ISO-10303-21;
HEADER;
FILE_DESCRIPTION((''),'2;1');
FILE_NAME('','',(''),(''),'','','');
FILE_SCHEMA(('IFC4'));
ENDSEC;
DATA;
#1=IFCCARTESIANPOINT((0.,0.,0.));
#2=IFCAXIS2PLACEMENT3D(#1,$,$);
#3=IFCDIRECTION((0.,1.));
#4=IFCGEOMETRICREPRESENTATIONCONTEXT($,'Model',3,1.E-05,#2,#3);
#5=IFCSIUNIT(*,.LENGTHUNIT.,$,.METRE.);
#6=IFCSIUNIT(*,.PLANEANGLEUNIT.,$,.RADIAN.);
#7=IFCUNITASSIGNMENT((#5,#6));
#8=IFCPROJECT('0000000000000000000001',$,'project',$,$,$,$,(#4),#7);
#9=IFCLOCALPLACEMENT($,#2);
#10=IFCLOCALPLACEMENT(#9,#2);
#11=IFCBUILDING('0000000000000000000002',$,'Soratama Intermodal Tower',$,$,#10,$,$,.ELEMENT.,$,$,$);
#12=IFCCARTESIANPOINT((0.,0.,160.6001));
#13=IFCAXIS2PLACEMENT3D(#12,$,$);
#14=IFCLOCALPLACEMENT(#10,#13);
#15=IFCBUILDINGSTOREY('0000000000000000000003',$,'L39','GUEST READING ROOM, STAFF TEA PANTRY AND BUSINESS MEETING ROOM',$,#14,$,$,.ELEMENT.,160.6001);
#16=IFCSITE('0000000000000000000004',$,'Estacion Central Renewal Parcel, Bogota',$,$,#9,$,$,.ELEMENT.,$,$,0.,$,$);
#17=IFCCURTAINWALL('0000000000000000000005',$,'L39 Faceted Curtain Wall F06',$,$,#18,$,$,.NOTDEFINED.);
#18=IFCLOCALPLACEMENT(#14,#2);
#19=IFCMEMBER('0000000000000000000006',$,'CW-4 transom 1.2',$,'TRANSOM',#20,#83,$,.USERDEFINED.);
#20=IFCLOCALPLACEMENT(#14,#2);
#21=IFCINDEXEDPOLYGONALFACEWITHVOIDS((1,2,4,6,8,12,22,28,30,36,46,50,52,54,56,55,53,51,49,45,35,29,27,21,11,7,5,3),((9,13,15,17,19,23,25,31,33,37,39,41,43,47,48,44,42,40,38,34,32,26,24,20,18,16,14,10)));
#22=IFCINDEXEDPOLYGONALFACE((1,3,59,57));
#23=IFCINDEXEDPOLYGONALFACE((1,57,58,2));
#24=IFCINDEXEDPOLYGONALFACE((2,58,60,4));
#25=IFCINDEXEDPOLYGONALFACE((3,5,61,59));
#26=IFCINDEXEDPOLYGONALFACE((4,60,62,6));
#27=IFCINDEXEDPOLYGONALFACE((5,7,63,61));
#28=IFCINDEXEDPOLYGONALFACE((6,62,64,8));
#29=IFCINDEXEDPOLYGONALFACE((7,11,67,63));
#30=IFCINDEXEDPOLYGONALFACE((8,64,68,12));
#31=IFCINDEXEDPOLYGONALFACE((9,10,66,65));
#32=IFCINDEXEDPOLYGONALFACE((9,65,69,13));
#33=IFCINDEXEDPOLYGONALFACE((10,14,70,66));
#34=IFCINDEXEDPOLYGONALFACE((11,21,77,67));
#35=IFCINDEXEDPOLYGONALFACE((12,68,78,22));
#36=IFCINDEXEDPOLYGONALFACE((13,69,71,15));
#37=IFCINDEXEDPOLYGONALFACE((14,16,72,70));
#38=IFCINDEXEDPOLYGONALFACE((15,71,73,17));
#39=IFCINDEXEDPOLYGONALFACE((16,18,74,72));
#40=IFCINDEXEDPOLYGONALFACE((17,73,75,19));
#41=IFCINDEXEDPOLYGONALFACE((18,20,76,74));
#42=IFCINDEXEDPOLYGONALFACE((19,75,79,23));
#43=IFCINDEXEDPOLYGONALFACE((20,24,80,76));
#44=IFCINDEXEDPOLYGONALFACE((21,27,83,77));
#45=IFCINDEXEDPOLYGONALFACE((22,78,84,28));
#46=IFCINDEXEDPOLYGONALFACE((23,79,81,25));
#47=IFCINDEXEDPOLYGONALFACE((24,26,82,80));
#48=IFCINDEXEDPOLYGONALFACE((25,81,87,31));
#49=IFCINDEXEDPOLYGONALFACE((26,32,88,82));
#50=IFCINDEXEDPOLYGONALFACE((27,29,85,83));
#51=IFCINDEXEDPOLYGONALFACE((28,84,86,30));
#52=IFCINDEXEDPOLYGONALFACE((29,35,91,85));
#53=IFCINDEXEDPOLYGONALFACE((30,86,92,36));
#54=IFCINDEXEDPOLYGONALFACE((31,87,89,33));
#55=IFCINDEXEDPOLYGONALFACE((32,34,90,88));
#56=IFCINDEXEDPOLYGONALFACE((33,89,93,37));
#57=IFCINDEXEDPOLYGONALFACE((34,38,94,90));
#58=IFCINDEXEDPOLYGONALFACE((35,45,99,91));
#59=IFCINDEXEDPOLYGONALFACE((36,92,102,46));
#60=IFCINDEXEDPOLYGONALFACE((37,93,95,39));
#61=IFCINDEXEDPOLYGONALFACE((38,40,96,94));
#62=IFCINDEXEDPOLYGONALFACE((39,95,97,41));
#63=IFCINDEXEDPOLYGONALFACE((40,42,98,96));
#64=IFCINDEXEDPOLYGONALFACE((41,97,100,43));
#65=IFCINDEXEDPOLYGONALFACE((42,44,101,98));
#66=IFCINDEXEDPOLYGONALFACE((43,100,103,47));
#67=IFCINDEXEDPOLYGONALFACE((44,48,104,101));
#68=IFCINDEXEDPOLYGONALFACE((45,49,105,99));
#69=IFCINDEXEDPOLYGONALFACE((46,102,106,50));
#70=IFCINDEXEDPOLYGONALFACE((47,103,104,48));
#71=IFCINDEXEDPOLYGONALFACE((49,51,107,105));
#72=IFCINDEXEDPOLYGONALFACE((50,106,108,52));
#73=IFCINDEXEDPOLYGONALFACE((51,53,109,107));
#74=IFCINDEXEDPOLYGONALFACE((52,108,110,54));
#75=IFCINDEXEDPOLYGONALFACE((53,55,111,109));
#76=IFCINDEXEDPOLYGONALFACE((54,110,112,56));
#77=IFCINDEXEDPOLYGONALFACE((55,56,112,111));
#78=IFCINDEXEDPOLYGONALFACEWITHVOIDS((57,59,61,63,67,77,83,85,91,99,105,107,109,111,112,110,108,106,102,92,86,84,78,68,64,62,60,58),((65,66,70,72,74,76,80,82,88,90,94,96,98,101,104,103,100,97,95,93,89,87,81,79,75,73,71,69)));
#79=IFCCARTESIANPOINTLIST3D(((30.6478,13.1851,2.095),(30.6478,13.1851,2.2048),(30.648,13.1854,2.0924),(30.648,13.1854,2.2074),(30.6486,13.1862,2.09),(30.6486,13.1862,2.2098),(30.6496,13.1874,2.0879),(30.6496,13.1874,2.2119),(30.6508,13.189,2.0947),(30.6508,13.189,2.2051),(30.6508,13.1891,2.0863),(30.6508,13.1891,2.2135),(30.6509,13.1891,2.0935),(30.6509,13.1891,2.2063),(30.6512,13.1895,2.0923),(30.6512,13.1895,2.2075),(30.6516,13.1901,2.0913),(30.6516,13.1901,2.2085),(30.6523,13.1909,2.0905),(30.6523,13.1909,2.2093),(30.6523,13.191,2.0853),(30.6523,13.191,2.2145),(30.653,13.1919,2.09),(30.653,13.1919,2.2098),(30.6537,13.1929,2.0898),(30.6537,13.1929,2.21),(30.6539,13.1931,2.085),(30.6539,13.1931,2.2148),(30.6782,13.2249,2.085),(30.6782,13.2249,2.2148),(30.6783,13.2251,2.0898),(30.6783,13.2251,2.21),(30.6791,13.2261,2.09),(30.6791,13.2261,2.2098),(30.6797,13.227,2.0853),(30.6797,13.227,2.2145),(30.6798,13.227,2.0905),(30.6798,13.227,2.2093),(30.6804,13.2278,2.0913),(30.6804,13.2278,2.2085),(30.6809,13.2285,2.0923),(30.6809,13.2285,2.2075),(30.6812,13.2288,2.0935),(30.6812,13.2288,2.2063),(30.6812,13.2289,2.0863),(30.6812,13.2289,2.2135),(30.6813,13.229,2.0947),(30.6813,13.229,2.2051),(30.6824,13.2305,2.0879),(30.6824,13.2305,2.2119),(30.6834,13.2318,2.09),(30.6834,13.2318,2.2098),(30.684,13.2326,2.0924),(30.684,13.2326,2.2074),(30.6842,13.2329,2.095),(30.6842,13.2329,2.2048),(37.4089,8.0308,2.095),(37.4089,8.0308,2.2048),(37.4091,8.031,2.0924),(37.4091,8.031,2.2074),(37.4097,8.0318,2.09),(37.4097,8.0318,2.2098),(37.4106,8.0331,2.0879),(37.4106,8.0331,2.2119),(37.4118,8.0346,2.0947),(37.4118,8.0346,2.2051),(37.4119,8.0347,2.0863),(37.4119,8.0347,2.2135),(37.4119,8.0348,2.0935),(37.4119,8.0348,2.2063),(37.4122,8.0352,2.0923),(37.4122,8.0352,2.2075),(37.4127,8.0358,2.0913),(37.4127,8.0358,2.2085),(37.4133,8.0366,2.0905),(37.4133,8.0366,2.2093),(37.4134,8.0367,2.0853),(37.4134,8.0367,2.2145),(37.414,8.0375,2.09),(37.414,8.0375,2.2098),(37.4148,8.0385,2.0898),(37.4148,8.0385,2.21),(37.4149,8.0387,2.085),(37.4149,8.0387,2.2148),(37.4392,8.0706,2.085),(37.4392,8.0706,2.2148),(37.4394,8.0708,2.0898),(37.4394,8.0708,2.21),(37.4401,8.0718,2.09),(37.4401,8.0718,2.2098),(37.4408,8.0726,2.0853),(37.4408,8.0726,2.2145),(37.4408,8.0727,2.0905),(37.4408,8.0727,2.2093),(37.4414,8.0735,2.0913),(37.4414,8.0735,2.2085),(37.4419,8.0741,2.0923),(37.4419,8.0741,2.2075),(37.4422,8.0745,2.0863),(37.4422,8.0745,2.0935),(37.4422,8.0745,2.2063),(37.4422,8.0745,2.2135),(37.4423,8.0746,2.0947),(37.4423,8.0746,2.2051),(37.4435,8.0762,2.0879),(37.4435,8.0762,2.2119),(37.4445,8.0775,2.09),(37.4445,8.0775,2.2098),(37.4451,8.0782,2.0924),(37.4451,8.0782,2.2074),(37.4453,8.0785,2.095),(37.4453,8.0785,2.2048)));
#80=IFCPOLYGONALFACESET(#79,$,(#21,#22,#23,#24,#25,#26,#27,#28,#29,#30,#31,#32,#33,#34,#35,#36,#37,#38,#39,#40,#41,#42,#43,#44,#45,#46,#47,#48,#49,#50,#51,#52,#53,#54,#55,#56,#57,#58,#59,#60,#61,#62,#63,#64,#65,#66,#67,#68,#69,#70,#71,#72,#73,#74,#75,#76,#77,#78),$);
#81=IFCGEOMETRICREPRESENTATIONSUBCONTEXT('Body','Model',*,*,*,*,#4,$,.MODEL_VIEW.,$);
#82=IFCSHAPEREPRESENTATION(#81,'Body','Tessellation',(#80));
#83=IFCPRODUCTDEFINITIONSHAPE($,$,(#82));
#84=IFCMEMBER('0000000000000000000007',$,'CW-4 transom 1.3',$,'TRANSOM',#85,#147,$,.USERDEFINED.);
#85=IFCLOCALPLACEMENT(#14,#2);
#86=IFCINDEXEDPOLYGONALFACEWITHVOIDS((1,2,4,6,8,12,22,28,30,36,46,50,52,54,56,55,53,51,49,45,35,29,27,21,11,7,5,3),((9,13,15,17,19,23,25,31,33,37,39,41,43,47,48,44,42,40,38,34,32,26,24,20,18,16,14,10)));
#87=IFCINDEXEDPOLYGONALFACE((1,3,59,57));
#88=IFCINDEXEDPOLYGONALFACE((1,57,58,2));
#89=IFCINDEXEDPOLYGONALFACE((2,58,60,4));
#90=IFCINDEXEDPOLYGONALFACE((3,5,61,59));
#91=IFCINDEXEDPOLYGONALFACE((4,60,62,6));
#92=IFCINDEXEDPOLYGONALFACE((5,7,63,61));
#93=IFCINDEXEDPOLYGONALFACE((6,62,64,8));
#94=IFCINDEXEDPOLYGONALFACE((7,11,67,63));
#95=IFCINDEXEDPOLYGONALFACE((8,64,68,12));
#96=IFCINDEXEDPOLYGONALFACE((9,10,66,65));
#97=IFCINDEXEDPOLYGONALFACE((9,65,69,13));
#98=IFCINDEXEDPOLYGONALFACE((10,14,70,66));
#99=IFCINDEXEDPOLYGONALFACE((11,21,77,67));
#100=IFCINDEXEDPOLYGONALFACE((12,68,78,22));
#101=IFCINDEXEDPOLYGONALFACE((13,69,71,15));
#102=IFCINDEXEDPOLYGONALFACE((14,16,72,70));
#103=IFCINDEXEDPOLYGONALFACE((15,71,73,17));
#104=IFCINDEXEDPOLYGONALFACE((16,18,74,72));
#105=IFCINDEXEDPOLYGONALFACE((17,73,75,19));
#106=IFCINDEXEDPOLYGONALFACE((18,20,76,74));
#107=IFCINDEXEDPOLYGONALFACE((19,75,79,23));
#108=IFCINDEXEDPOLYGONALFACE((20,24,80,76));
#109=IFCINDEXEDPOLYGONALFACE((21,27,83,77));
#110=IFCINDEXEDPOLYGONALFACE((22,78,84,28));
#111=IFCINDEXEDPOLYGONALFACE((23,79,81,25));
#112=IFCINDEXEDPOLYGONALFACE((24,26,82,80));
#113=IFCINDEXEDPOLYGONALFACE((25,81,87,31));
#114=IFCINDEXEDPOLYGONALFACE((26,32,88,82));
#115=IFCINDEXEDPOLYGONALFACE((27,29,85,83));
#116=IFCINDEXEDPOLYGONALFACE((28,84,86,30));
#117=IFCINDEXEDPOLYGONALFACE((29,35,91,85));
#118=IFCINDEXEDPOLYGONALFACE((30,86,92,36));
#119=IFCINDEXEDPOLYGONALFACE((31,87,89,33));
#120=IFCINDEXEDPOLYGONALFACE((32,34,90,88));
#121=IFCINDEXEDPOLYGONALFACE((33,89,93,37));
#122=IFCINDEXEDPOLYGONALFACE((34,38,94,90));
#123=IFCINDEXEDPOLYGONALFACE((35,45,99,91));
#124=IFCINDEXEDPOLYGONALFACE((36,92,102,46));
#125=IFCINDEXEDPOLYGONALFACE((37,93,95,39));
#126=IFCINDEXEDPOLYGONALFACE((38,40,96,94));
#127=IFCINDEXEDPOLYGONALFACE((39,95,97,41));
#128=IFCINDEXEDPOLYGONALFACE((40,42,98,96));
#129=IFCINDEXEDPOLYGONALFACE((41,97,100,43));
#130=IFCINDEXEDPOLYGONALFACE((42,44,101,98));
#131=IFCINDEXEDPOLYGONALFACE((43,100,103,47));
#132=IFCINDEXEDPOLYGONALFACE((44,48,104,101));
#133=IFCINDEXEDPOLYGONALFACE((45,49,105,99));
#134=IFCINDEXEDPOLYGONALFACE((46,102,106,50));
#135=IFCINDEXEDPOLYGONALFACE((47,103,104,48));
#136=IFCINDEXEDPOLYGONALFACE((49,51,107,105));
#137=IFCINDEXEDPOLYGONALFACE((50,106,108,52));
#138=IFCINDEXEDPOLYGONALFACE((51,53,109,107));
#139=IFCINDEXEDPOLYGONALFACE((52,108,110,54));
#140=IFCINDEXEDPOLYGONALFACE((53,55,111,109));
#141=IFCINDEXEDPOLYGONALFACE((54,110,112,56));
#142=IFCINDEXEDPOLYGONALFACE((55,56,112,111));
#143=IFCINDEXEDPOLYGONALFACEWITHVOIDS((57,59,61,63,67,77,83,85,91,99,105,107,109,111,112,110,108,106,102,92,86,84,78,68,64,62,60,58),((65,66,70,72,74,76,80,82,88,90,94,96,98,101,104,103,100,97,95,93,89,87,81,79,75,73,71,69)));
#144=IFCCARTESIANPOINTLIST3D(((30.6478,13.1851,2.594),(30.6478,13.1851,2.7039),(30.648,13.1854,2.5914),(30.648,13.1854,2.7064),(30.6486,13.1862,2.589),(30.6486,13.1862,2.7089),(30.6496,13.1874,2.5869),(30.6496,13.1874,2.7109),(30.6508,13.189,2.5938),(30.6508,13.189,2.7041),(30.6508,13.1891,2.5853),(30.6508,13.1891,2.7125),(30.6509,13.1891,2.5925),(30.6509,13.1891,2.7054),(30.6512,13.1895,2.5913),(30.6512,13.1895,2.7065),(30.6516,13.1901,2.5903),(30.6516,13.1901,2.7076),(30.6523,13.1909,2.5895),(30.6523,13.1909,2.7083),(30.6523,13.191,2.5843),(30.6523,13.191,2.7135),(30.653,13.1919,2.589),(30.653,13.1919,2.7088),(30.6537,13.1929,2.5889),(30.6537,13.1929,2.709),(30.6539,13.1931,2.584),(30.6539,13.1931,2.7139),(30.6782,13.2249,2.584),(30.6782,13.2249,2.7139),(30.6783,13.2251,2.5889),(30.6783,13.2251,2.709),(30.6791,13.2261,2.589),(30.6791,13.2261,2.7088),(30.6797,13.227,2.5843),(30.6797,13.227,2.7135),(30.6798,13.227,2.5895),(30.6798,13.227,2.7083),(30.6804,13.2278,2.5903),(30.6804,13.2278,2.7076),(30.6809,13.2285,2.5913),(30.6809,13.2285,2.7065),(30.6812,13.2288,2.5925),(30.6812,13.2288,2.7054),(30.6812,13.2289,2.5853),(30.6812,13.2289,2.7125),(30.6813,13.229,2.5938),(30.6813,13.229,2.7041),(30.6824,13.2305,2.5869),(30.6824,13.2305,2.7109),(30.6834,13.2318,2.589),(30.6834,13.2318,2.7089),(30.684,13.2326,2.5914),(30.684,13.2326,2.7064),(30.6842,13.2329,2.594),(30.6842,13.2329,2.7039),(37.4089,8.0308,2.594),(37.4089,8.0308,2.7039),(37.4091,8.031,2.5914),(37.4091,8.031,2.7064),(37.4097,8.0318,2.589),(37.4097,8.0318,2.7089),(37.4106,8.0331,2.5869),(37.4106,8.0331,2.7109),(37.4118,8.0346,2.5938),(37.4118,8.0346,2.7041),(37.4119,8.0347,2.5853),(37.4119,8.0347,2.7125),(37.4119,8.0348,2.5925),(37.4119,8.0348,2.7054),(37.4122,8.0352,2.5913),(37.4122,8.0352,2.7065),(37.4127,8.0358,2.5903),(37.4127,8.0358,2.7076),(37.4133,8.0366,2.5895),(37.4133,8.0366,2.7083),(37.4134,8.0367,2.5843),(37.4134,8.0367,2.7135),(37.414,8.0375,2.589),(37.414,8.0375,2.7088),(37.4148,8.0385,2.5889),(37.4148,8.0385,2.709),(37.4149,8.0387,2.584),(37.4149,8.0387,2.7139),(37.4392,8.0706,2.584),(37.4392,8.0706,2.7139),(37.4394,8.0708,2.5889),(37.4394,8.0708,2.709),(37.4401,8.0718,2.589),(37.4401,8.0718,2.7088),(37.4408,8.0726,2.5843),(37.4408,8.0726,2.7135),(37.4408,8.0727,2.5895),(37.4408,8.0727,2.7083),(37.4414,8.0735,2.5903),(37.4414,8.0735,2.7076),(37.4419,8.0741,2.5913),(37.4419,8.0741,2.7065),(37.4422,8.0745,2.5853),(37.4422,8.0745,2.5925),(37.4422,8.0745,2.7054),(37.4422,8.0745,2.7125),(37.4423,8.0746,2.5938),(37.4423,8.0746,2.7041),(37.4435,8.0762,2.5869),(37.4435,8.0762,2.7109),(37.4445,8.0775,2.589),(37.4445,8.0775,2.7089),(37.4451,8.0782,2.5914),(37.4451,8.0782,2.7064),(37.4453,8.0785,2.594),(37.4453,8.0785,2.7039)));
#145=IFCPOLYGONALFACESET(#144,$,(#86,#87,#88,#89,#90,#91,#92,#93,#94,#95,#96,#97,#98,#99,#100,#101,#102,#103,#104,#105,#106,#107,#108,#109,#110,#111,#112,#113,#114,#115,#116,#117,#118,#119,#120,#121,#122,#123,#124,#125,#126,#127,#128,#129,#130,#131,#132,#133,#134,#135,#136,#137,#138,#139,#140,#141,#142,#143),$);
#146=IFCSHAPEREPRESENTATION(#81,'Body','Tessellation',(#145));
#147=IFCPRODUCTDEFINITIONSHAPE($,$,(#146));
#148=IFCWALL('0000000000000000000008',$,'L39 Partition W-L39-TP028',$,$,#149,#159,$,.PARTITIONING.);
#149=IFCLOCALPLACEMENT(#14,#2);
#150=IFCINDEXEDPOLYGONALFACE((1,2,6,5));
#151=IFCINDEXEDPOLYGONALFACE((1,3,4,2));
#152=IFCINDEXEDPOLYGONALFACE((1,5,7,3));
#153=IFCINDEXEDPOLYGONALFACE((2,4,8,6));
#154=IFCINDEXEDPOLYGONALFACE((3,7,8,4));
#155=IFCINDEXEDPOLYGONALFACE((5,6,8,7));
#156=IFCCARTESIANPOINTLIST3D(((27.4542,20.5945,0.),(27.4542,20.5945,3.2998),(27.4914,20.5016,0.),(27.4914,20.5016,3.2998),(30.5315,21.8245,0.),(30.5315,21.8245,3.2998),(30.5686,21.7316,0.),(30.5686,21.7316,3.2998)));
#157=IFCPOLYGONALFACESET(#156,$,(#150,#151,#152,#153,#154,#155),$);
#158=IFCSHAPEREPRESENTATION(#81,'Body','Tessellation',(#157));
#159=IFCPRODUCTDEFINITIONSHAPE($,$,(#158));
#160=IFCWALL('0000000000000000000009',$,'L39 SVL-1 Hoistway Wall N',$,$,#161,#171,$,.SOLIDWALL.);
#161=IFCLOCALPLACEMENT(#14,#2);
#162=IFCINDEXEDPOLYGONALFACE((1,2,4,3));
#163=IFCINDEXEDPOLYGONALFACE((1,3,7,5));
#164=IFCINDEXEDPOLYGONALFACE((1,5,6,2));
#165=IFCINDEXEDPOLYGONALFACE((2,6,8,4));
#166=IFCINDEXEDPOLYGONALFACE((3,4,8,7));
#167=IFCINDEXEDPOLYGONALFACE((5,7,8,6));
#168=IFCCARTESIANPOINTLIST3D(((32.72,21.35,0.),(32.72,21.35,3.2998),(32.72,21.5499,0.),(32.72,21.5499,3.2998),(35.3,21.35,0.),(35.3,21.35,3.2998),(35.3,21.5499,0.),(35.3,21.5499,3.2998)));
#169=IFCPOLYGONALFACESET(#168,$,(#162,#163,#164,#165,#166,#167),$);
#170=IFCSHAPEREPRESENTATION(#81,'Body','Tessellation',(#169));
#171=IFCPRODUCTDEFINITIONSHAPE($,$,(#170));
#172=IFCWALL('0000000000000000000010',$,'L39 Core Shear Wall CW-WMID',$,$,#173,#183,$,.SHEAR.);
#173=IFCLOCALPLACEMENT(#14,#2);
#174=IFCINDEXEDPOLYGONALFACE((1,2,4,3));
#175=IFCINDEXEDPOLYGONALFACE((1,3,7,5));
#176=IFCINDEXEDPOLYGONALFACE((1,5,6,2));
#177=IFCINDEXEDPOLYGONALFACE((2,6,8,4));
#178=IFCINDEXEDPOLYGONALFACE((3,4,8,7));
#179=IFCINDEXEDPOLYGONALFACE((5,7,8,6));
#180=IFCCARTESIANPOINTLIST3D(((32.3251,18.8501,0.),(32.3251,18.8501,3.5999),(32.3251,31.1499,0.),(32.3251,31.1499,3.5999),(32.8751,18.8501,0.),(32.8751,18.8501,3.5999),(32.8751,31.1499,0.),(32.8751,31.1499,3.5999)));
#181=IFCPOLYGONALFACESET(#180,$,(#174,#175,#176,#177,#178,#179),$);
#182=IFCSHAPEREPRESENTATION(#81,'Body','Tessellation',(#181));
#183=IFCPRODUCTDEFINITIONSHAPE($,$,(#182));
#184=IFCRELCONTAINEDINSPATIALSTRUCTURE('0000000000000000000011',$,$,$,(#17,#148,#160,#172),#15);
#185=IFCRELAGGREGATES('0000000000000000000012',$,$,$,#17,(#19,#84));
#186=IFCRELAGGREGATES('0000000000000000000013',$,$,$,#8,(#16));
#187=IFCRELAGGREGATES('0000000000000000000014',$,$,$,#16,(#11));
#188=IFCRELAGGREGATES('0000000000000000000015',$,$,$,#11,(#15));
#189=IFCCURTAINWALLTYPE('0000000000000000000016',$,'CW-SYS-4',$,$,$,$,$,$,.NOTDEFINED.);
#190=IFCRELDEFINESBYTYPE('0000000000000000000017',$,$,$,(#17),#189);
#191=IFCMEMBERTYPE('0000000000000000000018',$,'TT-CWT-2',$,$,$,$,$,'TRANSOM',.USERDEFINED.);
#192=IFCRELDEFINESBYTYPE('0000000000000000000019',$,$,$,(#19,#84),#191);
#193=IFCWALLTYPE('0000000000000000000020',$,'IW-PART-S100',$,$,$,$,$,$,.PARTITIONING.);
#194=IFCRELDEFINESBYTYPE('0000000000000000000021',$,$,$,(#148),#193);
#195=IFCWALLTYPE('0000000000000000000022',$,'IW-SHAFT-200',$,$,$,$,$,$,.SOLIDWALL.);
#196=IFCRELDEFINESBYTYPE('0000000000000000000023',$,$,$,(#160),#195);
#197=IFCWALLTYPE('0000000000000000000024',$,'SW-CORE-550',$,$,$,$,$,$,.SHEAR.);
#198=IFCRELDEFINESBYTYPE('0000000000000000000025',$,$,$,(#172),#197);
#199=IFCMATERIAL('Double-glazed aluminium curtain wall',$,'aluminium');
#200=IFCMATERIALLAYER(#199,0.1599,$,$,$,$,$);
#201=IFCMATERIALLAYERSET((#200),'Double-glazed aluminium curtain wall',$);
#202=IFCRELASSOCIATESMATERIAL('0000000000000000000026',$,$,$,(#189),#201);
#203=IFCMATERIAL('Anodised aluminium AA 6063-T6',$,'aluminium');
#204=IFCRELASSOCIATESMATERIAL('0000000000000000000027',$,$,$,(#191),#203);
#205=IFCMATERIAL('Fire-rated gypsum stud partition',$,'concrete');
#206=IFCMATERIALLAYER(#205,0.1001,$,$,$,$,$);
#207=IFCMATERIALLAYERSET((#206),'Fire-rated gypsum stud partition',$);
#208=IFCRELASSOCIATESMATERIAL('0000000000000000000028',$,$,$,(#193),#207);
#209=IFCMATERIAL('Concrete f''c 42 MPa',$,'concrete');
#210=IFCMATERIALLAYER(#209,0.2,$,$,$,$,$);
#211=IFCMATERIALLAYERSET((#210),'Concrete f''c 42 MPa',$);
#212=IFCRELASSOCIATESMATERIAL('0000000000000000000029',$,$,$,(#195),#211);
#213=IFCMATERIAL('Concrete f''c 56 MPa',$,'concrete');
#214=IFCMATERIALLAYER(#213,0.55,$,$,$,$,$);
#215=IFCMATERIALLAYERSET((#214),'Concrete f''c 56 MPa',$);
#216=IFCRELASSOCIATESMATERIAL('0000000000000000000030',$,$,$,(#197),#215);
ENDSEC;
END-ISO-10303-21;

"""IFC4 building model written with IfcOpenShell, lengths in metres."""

from ifc_helpers import new_model, si_unit, direction, frame, frame_2d, origin, origin_2d, place, context, subcontext, project, spatial, rectangle, hollow_rectangle, extrude, material, layer, layer_set, material_profile, profile_set, type_object, element, aggregate, save


model = new_model("IFC4")

# Units and contexts
model_context = context("Model", 3, precision=1e-05, world=origin(), true_north=direction((0.0, 1.0)))
body_context = subcontext(model_context, "Body", "Model", "MODEL_VIEW")
ifc_project = project(units=[si_unit("LENGTHUNIT", "METRE"), si_unit("PLANEANGLEUNIT", "RADIAN")], contexts=[model_context])

# Site, building, storey
site_placement = place(None, origin())
site = spatial("IfcSite", under=ifc_project, at=site_placement, Name="Estacion Central Renewal Parcel, Bogota", CompositionType="ELEMENT", RefElevation=0.0)
building_placement = place(site_placement, origin())
building = spatial("IfcBuilding", under=site, at=building_placement, Name="Soratama Intermodal Tower", CompositionType="ELEMENT")
storey_placement = place(building_placement, frame((0.0, 0.0, 160.6001)))
storey = spatial("IfcBuildingStorey", under=building, at=storey_placement, Name="L39", Description="GUEST READING ROOM, STAFF TEA PANTRY AND BUSINESS MEETING ROOM", CompositionType="ELEMENT", Elevation=160.6001)

# Curtain wall, members
ifc_material_1 = material(Name="Double-glazed aluminium curtain wall", Category="aluminium")
ifc_layer_1 = layer(ifc_material_1, 0.1599)
ifc_layer_set_1 = layer_set([ifc_layer_1], Name="Double-glazed aluminium curtain wall")
curtain_wall_type = type_object("IfcCurtainWallType", Name="CW-SYS-4", PredefinedType="NOTDEFINED", material=ifc_layer_set_1)
curtain_wall_placement = place(storey_placement, origin())
curtain_wall = element("IfcCurtainWall", 1, at=curtain_wall_placement, inside=storey, type_object=curtain_wall_type, Name="L39 Faceted Curtain Wall F06", PredefinedType="NOTDEFINED")
ifc_material_2 = material(Name="Anodised aluminium AA 6063-T6", Category="aluminium")
ifc_material_profile_1 = material_profile(ifc_material_2, hollow_rectangle(XDim=0.0601, YDim=0.1299, WallThickness=0.0049, InnerFilletRadius=0.0049, OuterFilletRadius=0.01, at=origin_2d()), Name="CWT130X60X5")
ifc_profile_set_1 = profile_set([ifc_material_profile_1], Name="Anodised aluminium AA 6063-T6")
member_type_1 = type_object("IfcMemberType", Name="TT-CWT-2", ElementType="TRANSOM", PredefinedType="USERDEFINED", material=ifc_profile_set_1)
member_1_placement = place(storey_placement, frame((30.666, 13.209, 2.1499), z_axis=(0.795258, -0.606272, 0.0), x_axis=(0.606272, 0.795258, 0.0)))
member_1 = element("IfcMember", 2, at=member_1_placement, type_object=member_type_1, Name="CW-4 transom 1.2", ObjectType="TRANSOM", PredefinedType="USERDEFINED", context=body_context, shape_type="SweptSolid", body=[
    extrude(hollow_rectangle(XDim=0.0601, YDim=0.1299, WallThickness=0.0049, InnerFilletRadius=0.0049, OuterFilletRadius=0.01, at=origin_2d()), origin(), (0.0, 0.0, 1.0), 8.5017),
])
member_2_placement = place(storey_placement, frame((30.666, 13.209, 2.6489), z_axis=(0.795258, -0.606272, 0.0), x_axis=(0.606272, 0.795258, 0.0)))
member_2 = element("IfcMember", 3, at=member_2_placement, type_object=member_type_1, Name="CW-4 transom 1.3", ObjectType="TRANSOM", PredefinedType="USERDEFINED", context=body_context, shape_type="SweptSolid", body=[
    extrude(hollow_rectangle(XDim=0.0601, YDim=0.1299, WallThickness=0.0049, InnerFilletRadius=0.0049, OuterFilletRadius=0.01, at=origin_2d()), origin(), (0.0, 0.0, 1.0), 8.5017),
])
aggregate(curtain_wall, [member_1, member_2])

# Walls
ifc_material_3 = material(Name="Fire-rated gypsum stud partition", Category="concrete")
ifc_layer_2 = layer(ifc_material_3, 0.1001)
ifc_layer_set_2 = layer_set([ifc_layer_2], Name="Fire-rated gypsum stud partition")
wall_type_1 = type_object("IfcWallType", Name="IW-PART-S100", PredefinedType="PARTITIONING", material=ifc_layer_set_2)
wall_1_placement = place(storey_placement, frame((30.55, 21.7781, 0.0), z_axis=(0.0, 0.0, 1.0), x_axis=(-0.928568, -0.371162, 0.0)))
element("IfcWall", 4, at=wall_1_placement, inside=storey, type_object=wall_type_1, Name="L39 Partition W-L39-TP028", PredefinedType="PARTITIONING", context=body_context, shape_type="SweptSolid", body=[
    extrude(rectangle(XDim=3.314, YDim=0.1001, at=frame_2d((1.657, 0.0))), origin(), (0.0, 0.0, 1.0), 3.2998),
])
ifc_material_4 = material(Name="Concrete f'c 42 MPa", Category="concrete")
ifc_layer_3 = layer(ifc_material_4, 0.2)
ifc_layer_set_3 = layer_set([ifc_layer_3], Name="Concrete f'c 42 MPa")
wall_type_2 = type_object("IfcWallType", Name="IW-SHAFT-200", PredefinedType="SOLIDWALL", material=ifc_layer_set_3)
wall_2_placement = place(storey_placement, frame((32.72, 21.45, 0.0), z_axis=(0.0, 0.0, 1.0), x_axis=(1.0, 0.0, 0.0)))
element("IfcWall", 5, at=wall_2_placement, inside=storey, type_object=wall_type_2, Name="L39 SVL-1 Hoistway Wall N", PredefinedType="SOLIDWALL", context=body_context, shape_type="SweptSolid", body=[
    extrude(rectangle(XDim=2.5801, YDim=0.2, at=frame_2d((1.29, 0.0))), origin(), (0.0, 0.0, 1.0), 3.2998),
])
ifc_material_5 = material(Name="Concrete f'c 56 MPa", Category="concrete")
ifc_layer_4 = layer(ifc_material_5, 0.55)
ifc_layer_set_4 = layer_set([ifc_layer_4], Name="Concrete f'c 56 MPa")
wall_type_3 = type_object("IfcWallType", Name="SW-CORE-550", PredefinedType="SHEAR", material=ifc_layer_set_4)
wall_3_placement = place(storey_placement, frame((32.6001, 18.8501, 0.0), z_axis=(0.0, 0.0, 1.0), x_axis=(0.0, 1.0, 0.0)))
element("IfcWall", 6, at=wall_3_placement, inside=storey, type_object=wall_type_3, Name="L39 Core Shear Wall CW-WMID", PredefinedType="SHEAR", context=body_context, shape_type="SweptSolid", body=[
    extrude(rectangle(XDim=12.2998, YDim=0.55, at=frame_2d((6.1499, 0.0))), origin(), (0.0, 0.0, 1.0), 3.5999),
])

save(model, "model.ifc")
